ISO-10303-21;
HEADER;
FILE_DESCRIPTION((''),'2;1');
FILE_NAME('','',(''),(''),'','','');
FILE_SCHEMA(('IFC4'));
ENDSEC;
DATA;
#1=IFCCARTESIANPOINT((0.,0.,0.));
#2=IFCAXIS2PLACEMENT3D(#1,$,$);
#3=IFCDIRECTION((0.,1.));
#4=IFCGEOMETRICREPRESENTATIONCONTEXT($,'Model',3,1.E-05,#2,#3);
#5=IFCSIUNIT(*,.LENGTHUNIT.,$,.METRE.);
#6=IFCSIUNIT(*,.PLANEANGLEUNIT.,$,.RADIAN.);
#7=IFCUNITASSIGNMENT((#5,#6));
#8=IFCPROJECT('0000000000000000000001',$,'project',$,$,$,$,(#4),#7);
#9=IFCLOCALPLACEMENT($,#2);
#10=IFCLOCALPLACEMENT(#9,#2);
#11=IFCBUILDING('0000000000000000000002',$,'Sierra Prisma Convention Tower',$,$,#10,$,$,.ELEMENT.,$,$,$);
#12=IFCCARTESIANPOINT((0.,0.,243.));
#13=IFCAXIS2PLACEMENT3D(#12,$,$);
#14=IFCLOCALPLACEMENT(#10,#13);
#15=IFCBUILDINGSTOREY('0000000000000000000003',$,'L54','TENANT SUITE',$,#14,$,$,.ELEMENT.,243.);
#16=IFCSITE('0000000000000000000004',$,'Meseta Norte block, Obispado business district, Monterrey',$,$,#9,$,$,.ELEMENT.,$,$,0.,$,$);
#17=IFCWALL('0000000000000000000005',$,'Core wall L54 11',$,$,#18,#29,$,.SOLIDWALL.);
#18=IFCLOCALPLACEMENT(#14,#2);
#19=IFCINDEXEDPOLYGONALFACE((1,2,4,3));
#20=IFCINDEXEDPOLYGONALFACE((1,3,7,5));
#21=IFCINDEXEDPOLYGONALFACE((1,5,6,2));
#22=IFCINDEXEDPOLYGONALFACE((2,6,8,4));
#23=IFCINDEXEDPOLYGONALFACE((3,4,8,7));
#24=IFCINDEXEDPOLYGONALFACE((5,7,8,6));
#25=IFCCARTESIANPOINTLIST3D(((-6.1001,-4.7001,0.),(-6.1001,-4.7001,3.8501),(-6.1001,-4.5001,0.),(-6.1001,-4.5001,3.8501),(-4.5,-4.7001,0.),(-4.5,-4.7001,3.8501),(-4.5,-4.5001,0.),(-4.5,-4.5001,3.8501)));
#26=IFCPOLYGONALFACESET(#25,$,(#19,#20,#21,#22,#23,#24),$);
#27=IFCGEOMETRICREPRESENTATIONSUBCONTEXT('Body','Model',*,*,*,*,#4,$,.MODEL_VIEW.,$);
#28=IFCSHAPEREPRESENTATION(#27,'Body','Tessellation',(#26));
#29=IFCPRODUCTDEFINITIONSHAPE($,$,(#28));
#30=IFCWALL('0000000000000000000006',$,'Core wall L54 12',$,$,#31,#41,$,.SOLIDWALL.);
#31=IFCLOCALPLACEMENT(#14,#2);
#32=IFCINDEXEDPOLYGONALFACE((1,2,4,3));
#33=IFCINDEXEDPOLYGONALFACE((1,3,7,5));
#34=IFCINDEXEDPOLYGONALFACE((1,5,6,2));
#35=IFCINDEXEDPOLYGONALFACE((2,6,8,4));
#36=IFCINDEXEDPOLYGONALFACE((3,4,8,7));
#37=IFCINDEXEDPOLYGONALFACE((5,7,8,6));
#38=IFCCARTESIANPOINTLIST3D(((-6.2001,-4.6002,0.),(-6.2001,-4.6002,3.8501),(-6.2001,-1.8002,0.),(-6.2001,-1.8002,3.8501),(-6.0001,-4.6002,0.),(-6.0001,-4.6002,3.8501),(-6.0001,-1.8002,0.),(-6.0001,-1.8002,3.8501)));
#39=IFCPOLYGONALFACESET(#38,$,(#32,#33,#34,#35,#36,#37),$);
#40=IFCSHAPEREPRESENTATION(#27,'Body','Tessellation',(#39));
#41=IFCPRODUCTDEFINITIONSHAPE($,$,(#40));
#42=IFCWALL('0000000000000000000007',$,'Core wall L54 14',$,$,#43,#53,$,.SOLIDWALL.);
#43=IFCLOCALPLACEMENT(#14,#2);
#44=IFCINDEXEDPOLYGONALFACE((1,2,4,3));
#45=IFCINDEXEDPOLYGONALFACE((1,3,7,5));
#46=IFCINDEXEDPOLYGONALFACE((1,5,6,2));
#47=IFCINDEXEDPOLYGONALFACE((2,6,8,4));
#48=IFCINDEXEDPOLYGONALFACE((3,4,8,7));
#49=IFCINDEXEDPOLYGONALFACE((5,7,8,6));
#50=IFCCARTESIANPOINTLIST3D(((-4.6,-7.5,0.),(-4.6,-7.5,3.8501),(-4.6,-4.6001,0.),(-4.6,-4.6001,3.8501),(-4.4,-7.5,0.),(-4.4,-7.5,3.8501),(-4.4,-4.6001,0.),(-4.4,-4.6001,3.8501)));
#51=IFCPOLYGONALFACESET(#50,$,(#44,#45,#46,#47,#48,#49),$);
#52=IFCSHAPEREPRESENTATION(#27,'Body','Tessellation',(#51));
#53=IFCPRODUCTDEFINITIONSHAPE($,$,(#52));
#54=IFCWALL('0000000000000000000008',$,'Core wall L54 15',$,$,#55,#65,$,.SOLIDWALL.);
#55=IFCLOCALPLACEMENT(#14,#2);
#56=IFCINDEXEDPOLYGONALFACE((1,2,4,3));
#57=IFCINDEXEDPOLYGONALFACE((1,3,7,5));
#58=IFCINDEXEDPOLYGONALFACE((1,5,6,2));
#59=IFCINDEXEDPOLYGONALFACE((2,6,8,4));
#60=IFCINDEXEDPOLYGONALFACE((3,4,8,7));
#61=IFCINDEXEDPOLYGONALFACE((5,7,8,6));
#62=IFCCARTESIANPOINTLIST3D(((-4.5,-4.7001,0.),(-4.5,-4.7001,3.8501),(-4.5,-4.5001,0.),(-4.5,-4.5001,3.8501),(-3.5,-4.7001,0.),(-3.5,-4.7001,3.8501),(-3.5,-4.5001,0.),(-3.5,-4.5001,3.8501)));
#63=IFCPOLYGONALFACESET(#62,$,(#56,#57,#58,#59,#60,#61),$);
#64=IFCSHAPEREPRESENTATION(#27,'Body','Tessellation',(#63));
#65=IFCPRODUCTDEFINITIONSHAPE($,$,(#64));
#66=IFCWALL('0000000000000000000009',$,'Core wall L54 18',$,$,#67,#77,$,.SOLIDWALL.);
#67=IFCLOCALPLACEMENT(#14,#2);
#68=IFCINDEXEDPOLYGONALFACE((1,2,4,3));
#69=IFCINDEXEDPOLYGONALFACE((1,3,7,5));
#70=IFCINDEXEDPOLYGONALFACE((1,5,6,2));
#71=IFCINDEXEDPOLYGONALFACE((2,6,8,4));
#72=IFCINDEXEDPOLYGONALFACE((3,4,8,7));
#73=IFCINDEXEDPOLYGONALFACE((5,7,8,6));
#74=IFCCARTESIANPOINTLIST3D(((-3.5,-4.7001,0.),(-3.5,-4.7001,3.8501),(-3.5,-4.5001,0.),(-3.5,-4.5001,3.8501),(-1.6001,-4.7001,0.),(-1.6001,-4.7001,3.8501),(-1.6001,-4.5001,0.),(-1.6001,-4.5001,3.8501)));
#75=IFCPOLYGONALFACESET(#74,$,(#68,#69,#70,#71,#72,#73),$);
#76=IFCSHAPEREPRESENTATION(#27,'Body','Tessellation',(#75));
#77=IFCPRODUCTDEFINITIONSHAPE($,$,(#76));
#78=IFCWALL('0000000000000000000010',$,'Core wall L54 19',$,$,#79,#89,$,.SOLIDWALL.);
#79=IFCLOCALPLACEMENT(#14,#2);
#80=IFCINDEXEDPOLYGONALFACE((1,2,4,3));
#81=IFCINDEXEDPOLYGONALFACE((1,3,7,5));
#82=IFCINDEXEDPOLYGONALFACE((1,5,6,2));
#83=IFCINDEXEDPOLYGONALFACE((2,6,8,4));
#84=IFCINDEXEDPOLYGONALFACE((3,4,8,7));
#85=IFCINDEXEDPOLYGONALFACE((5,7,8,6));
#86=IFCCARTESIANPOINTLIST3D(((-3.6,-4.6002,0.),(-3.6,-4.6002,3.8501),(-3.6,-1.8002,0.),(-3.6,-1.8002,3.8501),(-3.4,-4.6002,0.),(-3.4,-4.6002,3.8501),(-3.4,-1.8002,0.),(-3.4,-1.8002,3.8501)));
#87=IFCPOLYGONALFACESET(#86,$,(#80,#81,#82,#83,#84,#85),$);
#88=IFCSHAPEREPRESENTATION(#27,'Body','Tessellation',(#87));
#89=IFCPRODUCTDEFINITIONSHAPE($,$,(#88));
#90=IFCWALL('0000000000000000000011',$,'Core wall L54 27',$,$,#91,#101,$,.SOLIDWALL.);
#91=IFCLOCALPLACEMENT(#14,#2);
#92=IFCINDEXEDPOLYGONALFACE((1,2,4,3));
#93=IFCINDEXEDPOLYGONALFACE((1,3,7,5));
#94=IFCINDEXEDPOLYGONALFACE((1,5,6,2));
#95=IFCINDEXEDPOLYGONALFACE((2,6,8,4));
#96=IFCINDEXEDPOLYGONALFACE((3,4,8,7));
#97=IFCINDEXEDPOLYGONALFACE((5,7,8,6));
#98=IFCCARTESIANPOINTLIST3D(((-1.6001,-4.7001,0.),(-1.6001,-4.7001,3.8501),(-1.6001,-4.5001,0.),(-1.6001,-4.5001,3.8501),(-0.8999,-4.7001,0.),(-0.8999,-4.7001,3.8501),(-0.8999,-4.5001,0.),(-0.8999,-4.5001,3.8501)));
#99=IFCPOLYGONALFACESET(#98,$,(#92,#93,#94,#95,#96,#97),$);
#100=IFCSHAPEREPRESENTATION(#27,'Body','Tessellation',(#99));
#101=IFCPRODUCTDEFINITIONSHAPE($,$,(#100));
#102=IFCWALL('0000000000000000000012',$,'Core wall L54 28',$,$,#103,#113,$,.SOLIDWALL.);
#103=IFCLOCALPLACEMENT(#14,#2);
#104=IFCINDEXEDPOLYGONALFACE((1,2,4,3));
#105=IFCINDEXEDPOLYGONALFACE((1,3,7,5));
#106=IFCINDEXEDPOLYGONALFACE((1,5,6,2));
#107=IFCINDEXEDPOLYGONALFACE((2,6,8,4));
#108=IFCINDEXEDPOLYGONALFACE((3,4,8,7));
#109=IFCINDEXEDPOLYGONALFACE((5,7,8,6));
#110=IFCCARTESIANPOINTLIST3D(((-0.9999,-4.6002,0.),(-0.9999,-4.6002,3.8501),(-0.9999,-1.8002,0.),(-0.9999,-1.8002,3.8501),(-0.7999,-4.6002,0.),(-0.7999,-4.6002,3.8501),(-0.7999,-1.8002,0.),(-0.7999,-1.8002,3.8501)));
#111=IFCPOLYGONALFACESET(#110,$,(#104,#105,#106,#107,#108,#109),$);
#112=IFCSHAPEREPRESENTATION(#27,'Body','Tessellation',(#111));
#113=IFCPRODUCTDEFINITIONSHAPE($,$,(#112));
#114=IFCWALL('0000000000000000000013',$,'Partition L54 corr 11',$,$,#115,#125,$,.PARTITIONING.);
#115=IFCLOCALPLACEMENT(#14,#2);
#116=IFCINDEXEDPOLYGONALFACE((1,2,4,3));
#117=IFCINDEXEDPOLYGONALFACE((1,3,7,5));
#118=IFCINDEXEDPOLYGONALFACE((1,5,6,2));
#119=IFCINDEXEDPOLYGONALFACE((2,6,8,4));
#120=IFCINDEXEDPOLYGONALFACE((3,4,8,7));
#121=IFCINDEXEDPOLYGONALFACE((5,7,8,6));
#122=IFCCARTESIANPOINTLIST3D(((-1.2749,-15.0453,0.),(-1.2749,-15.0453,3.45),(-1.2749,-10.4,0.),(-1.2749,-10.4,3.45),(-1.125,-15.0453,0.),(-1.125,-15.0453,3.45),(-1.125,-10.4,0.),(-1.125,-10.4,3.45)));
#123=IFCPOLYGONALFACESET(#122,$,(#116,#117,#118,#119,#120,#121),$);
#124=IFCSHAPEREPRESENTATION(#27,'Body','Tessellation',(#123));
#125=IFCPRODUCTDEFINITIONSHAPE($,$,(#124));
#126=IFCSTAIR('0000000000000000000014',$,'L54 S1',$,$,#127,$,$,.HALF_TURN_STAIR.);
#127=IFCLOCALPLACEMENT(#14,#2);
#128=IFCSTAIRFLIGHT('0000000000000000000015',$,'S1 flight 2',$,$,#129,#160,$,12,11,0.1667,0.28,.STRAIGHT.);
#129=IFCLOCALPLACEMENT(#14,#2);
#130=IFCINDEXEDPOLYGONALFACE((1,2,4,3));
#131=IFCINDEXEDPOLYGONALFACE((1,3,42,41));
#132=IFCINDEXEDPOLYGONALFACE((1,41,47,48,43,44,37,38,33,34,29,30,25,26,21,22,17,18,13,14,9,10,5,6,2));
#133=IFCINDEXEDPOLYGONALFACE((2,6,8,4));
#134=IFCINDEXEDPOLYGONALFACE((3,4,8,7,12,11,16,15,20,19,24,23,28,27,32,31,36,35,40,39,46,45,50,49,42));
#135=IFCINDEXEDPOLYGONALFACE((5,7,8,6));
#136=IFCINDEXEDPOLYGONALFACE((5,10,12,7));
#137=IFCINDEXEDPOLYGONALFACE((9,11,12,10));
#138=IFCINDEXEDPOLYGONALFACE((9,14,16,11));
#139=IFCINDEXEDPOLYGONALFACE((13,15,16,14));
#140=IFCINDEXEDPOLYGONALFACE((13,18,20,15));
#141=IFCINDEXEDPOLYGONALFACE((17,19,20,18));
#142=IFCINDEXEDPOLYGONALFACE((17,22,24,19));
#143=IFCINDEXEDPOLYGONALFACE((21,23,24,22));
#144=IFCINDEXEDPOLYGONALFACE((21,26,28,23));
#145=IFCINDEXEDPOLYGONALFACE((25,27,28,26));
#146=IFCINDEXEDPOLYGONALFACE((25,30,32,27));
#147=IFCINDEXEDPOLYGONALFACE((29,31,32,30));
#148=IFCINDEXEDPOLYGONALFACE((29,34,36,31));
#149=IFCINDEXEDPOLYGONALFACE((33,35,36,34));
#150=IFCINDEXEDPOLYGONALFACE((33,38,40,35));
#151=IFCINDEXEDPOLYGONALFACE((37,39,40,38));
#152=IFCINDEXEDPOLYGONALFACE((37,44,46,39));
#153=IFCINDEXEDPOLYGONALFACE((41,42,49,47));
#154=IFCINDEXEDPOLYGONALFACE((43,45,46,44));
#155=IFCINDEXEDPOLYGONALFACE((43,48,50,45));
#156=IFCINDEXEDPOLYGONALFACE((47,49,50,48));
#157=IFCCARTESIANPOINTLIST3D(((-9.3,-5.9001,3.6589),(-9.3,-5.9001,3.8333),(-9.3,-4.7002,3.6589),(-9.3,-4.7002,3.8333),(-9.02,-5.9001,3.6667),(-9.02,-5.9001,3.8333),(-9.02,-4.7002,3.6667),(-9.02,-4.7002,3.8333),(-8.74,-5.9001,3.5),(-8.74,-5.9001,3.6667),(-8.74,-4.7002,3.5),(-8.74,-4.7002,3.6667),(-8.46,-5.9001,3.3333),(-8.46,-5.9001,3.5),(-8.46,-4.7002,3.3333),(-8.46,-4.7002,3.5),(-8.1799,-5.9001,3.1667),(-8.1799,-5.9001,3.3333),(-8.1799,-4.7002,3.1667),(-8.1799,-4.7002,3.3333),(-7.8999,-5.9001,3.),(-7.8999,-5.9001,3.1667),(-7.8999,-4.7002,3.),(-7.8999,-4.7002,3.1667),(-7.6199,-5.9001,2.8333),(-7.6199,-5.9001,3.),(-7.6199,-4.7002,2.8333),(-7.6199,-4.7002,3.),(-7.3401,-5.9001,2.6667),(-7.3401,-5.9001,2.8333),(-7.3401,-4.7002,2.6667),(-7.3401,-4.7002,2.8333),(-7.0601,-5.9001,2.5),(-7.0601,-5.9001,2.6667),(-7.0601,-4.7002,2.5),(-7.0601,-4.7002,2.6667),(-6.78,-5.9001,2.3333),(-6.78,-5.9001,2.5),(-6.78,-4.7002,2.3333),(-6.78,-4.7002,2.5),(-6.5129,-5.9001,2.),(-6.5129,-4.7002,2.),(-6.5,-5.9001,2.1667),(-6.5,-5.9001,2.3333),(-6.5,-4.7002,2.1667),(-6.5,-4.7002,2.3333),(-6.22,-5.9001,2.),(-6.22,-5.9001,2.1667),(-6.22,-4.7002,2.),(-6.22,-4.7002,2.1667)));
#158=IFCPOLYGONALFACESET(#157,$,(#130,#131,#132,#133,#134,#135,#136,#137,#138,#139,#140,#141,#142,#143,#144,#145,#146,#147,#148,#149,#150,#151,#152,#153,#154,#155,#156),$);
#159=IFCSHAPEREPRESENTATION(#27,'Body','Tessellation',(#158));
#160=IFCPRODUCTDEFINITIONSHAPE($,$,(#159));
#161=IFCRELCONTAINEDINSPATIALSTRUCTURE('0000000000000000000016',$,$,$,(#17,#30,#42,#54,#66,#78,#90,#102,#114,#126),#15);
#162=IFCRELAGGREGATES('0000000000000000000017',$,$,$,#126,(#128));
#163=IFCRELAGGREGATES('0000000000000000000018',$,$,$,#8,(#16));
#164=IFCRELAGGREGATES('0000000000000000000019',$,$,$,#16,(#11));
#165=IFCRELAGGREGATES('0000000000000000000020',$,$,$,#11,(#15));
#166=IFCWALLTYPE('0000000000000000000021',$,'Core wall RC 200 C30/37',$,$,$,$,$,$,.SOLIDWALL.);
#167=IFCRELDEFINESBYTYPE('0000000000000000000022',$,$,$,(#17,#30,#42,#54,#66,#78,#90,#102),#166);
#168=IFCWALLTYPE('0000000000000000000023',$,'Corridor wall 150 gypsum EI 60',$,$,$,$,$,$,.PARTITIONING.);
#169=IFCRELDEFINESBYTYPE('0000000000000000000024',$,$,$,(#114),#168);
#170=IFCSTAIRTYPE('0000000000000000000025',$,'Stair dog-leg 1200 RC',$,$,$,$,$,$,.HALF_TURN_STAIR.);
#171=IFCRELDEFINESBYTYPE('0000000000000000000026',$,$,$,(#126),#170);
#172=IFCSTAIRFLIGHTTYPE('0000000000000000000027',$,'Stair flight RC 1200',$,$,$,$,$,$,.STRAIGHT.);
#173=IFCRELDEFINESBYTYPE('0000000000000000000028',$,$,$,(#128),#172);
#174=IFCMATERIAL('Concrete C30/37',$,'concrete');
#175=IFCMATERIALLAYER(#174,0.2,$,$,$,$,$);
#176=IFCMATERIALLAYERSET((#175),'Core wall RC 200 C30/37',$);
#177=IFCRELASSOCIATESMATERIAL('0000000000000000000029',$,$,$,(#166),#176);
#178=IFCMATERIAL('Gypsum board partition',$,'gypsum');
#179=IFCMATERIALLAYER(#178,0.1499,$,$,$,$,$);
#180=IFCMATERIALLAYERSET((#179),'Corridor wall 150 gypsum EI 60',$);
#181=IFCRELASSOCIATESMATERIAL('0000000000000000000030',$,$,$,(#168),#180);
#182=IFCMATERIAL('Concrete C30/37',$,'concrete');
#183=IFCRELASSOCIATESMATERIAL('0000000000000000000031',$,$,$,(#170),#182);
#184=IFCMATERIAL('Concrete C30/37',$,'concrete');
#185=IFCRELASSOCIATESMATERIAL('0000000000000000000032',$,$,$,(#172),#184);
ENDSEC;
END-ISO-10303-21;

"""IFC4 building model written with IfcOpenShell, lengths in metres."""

from ifc_helpers import new_model, si_unit, direction, frame, frame_2d, origin, place, context, subcontext, project, spatial, polyline, rectangle, outline, extrude, material, layer, layer_set, type_object, element, aggregate, save


model = new_model("IFC4")

# Units and contexts
model_context = context("Model", 3, precision=1e-05, world=origin(), true_north=direction((0.0, 1.0)))
body_context = subcontext(model_context, "Body", "Model", "MODEL_VIEW")
ifc_project = project(units=[si_unit("LENGTHUNIT", "METRE"), si_unit("PLANEANGLEUNIT", "RADIAN")], contexts=[model_context])

# Site, building, storey
site_placement = place(None, origin())
site = spatial("IfcSite", under=ifc_project, at=site_placement, Name="Meseta Norte block, Obispado business district, Monterrey", CompositionType="ELEMENT", RefElevation=0.0)
building_placement = place(site_placement, origin())
building = spatial("IfcBuilding", under=site, at=building_placement, Name="Sierra Prisma Convention Tower", CompositionType="ELEMENT")
storey_placement = place(building_placement, frame((0.0, 0.0, 243.0)))
storey = spatial("IfcBuildingStorey", under=building, at=storey_placement, Name="L54", Description="TENANT SUITE", CompositionType="ELEMENT", Elevation=243.0)

# Walls
ifc_material_1 = material(Name="Concrete C30/37", Category="concrete")
ifc_layer_1 = layer(ifc_material_1, 0.2)
ifc_layer_set_1 = layer_set([ifc_layer_1], Name="Core wall RC 200 C30/37")
wall_type_1 = type_object("IfcWallType", Name="Core wall RC 200 C30/37", PredefinedType="SOLIDWALL", material=ifc_layer_set_1)
wall_1_placement = place(storey_placement, frame((-6.1001, -4.6001, 0.0), z_axis=(0.0, 0.0, 1.0), x_axis=(1.0, 0.0, 0.0)))
element("IfcWall", 1, at=wall_1_placement, inside=storey, type_object=wall_type_1, Name="Core wall L54 11", PredefinedType="SOLIDWALL", context=body_context, shape_type="SweptSolid", body=[
    extrude(rectangle(XDim=1.6001, YDim=0.2, at=frame_2d((0.8, 0.0))), origin(), (0.0, 0.0, 1.0), 3.8501),
])
wall_2_placement = place(storey_placement, frame((-6.1001, -4.6001, 0.0), z_axis=(0.0, 0.0, 1.0), x_axis=(0.0, 1.0, 0.0)))
element("IfcWall", 2, at=wall_2_placement, inside=storey, type_object=wall_type_1, Name="Core wall L54 12", PredefinedType="SOLIDWALL", context=body_context, shape_type="SweptSolid", body=[
    extrude(rectangle(XDim=2.8, YDim=0.2, at=frame_2d((1.3999, 0.0))), origin(), (0.0, 0.0, 1.0), 3.8501),
])
wall_3_placement = place(storey_placement, frame((-4.5, -4.6001, 0.0), z_axis=(0.0, 0.0, 1.0), x_axis=(0.0, -1.0, 0.0)))
element("IfcWall", 3, at=wall_3_placement, inside=storey, type_object=wall_type_1, Name="Core wall L54 14", PredefinedType="SOLIDWALL", context=body_context, shape_type="SweptSolid", body=[
    extrude(rectangle(XDim=2.8999, YDim=0.2, at=frame_2d((1.45, 0.0))), origin(), (0.0, 0.0, 1.0), 3.8501),
])
wall_4_placement = place(storey_placement, frame((-4.5, -4.6001, 0.0), z_axis=(0.0, 0.0, 1.0), x_axis=(1.0, 0.0, 0.0)))
element("IfcWall", 4, at=wall_4_placement, inside=storey, type_object=wall_type_1, Name="Core wall L54 15", PredefinedType="SOLIDWALL", context=body_context, shape_type="SweptSolid", body=[
    extrude(rectangle(XDim=1.0, YDim=0.2, at=frame_2d((0.5, 0.0))), origin(), (0.0, 0.0, 1.0), 3.8501),
])
wall_5_placement = place(storey_placement, frame((-3.5, -4.6001, 0.0), z_axis=(0.0, 0.0, 1.0), x_axis=(1.0, 0.0, 0.0)))
element("IfcWall", 5, at=wall_5_placement, inside=storey, type_object=wall_type_1, Name="Core wall L54 18", PredefinedType="SOLIDWALL", context=body_context, shape_type="SweptSolid", body=[
    extrude(rectangle(XDim=1.8999, YDim=0.2, at=frame_2d((0.95, 0.0))), origin(), (0.0, 0.0, 1.0), 3.8501),
])
wall_6_placement = place(storey_placement, frame((-3.5, -4.6001, 0.0), z_axis=(0.0, 0.0, 1.0), x_axis=(0.0, 1.0, 0.0)))
element("IfcWall", 6, at=wall_6_placement, inside=storey, type_object=wall_type_1, Name="Core wall L54 19", PredefinedType="SOLIDWALL", context=body_context, shape_type="SweptSolid", body=[
    extrude(rectangle(XDim=2.8, YDim=0.2, at=frame_2d((1.3999, 0.0))), origin(), (0.0, 0.0, 1.0), 3.8501),
])

# Walls
wall_7_placement = place(storey_placement, frame((-1.6001, -4.6001, 0.0), z_axis=(0.0, 0.0, 1.0), x_axis=(1.0, 0.0, 0.0)))
element("IfcWall", 7, at=wall_7_placement, inside=storey, type_object=wall_type_1, Name="Core wall L54 27", PredefinedType="SOLIDWALL", context=body_context, shape_type="SweptSolid", body=[
    extrude(rectangle(XDim=0.7002, YDim=0.2, at=frame_2d((0.3501, 0.0))), origin(), (0.0, 0.0, 1.0), 3.8501),
])
wall_8_placement = place(storey_placement, frame((-0.8999, -4.6001, 0.0), z_axis=(0.0, 0.0, 1.0), x_axis=(0.0, 1.0, 0.0)))
element("IfcWall", 8, at=wall_8_placement, inside=storey, type_object=wall_type_1, Name="Core wall L54 28", PredefinedType="SOLIDWALL", context=body_context, shape_type="SweptSolid", body=[
    extrude(rectangle(XDim=2.8, YDim=0.2, at=frame_2d((1.3999, 0.0))), origin(), (0.0, 0.0, 1.0), 3.8501),
])
ifc_material_2 = material(Name="Gypsum board partition", Category="gypsum")
ifc_layer_2 = layer(ifc_material_2, 0.1499)
ifc_layer_set_2 = layer_set([ifc_layer_2], Name="Corridor wall 150 gypsum EI 60")
wall_type_2 = type_object("IfcWallType", Name="Corridor wall 150 gypsum EI 60", PredefinedType="PARTITIONING", material=ifc_layer_set_2)
wall_9_placement = place(storey_placement, frame((-1.2, -10.3999, 0.0), z_axis=(0.0, 0.0, 1.0), x_axis=(0.0, -1.0, 0.0)))
element("IfcWall", 9, at=wall_9_placement, inside=storey, type_object=wall_type_2, Name="Partition L54 corr 11", PredefinedType="PARTITIONING", context=body_context, shape_type="SweptSolid", body=[
    extrude(rectangle(XDim=4.6453, YDim=0.1499, at=frame_2d((2.3228, 0.0))), origin(), (0.0, 0.0, 1.0), 3.45),
])

# Stair, stair flight
ifc_material_3 = material(Name="Concrete C30/37", Category="concrete")
stair_type = type_object("IfcStairType", Name="Stair dog-leg 1200 RC", PredefinedType="HALF_TURN_STAIR", material=ifc_material_3)
stair_placement = place(storey_placement, origin())
stair = element("IfcStair", 10, at=stair_placement, inside=storey, type_object=stair_type, Name="L54 S1", PredefinedType="HALF_TURN_STAIR")
ifc_material_4 = material(Name="Concrete C30/37", Category="concrete")
stair_flight_type = type_object("IfcStairFlightType", Name="Stair flight RC 1200", PredefinedType="STRAIGHT", material=ifc_material_4)
stair_flight_placement = place(storey_placement, frame((-6.22, -5.3, 2.0), z_axis=(0.0, 0.0, 1.0), x_axis=(-1.0, 0.0, 0.0)))
stair_flight = element("IfcStairFlight", 11, at=stair_flight_placement, type_object=stair_flight_type, Name="S1 flight 2", NumberOfRisers=12, NumberOfTreads=11, PredefinedType="STRAIGHT", RiserHeight=0.1667, TreadLength=0.28, context=body_context, shape_type="SweptSolid", body=[
    extrude(outline(polyline([(0.0, 0.0), (0.0, 0.1667), (0.28, 0.1667), (0.28, 0.3333), (0.5601, 0.3333), (0.5601, 0.5), (0.8401, 0.5), (0.8401, 0.6667), (1.1201, 0.6667), (1.1201, 0.8333), (1.3999, 0.8333), (1.3999, 1.0), (1.6799, 1.0), (1.6799, 1.1667), (1.96, 1.1667), (1.96, 1.3333), (2.24, 1.3333), (2.24, 1.5), (2.52, 1.5), (2.52, 1.6667), (2.8, 1.6667), (2.8, 1.8333), (3.0801, 1.8333), (3.0801, 2.0), (3.0801, 1.6589), (0.293, 0.0), (0.0, 0.0)])), frame((0.0, 0.6001, 0.0), z_axis=(0.0, -1.0, 0.0), x_axis=(1.0, 0.0, 0.0)), (0.0, 0.0, 1.0), 1.2),
])
aggregate(stair, [stair_flight])

save(model, "model.ifc")
